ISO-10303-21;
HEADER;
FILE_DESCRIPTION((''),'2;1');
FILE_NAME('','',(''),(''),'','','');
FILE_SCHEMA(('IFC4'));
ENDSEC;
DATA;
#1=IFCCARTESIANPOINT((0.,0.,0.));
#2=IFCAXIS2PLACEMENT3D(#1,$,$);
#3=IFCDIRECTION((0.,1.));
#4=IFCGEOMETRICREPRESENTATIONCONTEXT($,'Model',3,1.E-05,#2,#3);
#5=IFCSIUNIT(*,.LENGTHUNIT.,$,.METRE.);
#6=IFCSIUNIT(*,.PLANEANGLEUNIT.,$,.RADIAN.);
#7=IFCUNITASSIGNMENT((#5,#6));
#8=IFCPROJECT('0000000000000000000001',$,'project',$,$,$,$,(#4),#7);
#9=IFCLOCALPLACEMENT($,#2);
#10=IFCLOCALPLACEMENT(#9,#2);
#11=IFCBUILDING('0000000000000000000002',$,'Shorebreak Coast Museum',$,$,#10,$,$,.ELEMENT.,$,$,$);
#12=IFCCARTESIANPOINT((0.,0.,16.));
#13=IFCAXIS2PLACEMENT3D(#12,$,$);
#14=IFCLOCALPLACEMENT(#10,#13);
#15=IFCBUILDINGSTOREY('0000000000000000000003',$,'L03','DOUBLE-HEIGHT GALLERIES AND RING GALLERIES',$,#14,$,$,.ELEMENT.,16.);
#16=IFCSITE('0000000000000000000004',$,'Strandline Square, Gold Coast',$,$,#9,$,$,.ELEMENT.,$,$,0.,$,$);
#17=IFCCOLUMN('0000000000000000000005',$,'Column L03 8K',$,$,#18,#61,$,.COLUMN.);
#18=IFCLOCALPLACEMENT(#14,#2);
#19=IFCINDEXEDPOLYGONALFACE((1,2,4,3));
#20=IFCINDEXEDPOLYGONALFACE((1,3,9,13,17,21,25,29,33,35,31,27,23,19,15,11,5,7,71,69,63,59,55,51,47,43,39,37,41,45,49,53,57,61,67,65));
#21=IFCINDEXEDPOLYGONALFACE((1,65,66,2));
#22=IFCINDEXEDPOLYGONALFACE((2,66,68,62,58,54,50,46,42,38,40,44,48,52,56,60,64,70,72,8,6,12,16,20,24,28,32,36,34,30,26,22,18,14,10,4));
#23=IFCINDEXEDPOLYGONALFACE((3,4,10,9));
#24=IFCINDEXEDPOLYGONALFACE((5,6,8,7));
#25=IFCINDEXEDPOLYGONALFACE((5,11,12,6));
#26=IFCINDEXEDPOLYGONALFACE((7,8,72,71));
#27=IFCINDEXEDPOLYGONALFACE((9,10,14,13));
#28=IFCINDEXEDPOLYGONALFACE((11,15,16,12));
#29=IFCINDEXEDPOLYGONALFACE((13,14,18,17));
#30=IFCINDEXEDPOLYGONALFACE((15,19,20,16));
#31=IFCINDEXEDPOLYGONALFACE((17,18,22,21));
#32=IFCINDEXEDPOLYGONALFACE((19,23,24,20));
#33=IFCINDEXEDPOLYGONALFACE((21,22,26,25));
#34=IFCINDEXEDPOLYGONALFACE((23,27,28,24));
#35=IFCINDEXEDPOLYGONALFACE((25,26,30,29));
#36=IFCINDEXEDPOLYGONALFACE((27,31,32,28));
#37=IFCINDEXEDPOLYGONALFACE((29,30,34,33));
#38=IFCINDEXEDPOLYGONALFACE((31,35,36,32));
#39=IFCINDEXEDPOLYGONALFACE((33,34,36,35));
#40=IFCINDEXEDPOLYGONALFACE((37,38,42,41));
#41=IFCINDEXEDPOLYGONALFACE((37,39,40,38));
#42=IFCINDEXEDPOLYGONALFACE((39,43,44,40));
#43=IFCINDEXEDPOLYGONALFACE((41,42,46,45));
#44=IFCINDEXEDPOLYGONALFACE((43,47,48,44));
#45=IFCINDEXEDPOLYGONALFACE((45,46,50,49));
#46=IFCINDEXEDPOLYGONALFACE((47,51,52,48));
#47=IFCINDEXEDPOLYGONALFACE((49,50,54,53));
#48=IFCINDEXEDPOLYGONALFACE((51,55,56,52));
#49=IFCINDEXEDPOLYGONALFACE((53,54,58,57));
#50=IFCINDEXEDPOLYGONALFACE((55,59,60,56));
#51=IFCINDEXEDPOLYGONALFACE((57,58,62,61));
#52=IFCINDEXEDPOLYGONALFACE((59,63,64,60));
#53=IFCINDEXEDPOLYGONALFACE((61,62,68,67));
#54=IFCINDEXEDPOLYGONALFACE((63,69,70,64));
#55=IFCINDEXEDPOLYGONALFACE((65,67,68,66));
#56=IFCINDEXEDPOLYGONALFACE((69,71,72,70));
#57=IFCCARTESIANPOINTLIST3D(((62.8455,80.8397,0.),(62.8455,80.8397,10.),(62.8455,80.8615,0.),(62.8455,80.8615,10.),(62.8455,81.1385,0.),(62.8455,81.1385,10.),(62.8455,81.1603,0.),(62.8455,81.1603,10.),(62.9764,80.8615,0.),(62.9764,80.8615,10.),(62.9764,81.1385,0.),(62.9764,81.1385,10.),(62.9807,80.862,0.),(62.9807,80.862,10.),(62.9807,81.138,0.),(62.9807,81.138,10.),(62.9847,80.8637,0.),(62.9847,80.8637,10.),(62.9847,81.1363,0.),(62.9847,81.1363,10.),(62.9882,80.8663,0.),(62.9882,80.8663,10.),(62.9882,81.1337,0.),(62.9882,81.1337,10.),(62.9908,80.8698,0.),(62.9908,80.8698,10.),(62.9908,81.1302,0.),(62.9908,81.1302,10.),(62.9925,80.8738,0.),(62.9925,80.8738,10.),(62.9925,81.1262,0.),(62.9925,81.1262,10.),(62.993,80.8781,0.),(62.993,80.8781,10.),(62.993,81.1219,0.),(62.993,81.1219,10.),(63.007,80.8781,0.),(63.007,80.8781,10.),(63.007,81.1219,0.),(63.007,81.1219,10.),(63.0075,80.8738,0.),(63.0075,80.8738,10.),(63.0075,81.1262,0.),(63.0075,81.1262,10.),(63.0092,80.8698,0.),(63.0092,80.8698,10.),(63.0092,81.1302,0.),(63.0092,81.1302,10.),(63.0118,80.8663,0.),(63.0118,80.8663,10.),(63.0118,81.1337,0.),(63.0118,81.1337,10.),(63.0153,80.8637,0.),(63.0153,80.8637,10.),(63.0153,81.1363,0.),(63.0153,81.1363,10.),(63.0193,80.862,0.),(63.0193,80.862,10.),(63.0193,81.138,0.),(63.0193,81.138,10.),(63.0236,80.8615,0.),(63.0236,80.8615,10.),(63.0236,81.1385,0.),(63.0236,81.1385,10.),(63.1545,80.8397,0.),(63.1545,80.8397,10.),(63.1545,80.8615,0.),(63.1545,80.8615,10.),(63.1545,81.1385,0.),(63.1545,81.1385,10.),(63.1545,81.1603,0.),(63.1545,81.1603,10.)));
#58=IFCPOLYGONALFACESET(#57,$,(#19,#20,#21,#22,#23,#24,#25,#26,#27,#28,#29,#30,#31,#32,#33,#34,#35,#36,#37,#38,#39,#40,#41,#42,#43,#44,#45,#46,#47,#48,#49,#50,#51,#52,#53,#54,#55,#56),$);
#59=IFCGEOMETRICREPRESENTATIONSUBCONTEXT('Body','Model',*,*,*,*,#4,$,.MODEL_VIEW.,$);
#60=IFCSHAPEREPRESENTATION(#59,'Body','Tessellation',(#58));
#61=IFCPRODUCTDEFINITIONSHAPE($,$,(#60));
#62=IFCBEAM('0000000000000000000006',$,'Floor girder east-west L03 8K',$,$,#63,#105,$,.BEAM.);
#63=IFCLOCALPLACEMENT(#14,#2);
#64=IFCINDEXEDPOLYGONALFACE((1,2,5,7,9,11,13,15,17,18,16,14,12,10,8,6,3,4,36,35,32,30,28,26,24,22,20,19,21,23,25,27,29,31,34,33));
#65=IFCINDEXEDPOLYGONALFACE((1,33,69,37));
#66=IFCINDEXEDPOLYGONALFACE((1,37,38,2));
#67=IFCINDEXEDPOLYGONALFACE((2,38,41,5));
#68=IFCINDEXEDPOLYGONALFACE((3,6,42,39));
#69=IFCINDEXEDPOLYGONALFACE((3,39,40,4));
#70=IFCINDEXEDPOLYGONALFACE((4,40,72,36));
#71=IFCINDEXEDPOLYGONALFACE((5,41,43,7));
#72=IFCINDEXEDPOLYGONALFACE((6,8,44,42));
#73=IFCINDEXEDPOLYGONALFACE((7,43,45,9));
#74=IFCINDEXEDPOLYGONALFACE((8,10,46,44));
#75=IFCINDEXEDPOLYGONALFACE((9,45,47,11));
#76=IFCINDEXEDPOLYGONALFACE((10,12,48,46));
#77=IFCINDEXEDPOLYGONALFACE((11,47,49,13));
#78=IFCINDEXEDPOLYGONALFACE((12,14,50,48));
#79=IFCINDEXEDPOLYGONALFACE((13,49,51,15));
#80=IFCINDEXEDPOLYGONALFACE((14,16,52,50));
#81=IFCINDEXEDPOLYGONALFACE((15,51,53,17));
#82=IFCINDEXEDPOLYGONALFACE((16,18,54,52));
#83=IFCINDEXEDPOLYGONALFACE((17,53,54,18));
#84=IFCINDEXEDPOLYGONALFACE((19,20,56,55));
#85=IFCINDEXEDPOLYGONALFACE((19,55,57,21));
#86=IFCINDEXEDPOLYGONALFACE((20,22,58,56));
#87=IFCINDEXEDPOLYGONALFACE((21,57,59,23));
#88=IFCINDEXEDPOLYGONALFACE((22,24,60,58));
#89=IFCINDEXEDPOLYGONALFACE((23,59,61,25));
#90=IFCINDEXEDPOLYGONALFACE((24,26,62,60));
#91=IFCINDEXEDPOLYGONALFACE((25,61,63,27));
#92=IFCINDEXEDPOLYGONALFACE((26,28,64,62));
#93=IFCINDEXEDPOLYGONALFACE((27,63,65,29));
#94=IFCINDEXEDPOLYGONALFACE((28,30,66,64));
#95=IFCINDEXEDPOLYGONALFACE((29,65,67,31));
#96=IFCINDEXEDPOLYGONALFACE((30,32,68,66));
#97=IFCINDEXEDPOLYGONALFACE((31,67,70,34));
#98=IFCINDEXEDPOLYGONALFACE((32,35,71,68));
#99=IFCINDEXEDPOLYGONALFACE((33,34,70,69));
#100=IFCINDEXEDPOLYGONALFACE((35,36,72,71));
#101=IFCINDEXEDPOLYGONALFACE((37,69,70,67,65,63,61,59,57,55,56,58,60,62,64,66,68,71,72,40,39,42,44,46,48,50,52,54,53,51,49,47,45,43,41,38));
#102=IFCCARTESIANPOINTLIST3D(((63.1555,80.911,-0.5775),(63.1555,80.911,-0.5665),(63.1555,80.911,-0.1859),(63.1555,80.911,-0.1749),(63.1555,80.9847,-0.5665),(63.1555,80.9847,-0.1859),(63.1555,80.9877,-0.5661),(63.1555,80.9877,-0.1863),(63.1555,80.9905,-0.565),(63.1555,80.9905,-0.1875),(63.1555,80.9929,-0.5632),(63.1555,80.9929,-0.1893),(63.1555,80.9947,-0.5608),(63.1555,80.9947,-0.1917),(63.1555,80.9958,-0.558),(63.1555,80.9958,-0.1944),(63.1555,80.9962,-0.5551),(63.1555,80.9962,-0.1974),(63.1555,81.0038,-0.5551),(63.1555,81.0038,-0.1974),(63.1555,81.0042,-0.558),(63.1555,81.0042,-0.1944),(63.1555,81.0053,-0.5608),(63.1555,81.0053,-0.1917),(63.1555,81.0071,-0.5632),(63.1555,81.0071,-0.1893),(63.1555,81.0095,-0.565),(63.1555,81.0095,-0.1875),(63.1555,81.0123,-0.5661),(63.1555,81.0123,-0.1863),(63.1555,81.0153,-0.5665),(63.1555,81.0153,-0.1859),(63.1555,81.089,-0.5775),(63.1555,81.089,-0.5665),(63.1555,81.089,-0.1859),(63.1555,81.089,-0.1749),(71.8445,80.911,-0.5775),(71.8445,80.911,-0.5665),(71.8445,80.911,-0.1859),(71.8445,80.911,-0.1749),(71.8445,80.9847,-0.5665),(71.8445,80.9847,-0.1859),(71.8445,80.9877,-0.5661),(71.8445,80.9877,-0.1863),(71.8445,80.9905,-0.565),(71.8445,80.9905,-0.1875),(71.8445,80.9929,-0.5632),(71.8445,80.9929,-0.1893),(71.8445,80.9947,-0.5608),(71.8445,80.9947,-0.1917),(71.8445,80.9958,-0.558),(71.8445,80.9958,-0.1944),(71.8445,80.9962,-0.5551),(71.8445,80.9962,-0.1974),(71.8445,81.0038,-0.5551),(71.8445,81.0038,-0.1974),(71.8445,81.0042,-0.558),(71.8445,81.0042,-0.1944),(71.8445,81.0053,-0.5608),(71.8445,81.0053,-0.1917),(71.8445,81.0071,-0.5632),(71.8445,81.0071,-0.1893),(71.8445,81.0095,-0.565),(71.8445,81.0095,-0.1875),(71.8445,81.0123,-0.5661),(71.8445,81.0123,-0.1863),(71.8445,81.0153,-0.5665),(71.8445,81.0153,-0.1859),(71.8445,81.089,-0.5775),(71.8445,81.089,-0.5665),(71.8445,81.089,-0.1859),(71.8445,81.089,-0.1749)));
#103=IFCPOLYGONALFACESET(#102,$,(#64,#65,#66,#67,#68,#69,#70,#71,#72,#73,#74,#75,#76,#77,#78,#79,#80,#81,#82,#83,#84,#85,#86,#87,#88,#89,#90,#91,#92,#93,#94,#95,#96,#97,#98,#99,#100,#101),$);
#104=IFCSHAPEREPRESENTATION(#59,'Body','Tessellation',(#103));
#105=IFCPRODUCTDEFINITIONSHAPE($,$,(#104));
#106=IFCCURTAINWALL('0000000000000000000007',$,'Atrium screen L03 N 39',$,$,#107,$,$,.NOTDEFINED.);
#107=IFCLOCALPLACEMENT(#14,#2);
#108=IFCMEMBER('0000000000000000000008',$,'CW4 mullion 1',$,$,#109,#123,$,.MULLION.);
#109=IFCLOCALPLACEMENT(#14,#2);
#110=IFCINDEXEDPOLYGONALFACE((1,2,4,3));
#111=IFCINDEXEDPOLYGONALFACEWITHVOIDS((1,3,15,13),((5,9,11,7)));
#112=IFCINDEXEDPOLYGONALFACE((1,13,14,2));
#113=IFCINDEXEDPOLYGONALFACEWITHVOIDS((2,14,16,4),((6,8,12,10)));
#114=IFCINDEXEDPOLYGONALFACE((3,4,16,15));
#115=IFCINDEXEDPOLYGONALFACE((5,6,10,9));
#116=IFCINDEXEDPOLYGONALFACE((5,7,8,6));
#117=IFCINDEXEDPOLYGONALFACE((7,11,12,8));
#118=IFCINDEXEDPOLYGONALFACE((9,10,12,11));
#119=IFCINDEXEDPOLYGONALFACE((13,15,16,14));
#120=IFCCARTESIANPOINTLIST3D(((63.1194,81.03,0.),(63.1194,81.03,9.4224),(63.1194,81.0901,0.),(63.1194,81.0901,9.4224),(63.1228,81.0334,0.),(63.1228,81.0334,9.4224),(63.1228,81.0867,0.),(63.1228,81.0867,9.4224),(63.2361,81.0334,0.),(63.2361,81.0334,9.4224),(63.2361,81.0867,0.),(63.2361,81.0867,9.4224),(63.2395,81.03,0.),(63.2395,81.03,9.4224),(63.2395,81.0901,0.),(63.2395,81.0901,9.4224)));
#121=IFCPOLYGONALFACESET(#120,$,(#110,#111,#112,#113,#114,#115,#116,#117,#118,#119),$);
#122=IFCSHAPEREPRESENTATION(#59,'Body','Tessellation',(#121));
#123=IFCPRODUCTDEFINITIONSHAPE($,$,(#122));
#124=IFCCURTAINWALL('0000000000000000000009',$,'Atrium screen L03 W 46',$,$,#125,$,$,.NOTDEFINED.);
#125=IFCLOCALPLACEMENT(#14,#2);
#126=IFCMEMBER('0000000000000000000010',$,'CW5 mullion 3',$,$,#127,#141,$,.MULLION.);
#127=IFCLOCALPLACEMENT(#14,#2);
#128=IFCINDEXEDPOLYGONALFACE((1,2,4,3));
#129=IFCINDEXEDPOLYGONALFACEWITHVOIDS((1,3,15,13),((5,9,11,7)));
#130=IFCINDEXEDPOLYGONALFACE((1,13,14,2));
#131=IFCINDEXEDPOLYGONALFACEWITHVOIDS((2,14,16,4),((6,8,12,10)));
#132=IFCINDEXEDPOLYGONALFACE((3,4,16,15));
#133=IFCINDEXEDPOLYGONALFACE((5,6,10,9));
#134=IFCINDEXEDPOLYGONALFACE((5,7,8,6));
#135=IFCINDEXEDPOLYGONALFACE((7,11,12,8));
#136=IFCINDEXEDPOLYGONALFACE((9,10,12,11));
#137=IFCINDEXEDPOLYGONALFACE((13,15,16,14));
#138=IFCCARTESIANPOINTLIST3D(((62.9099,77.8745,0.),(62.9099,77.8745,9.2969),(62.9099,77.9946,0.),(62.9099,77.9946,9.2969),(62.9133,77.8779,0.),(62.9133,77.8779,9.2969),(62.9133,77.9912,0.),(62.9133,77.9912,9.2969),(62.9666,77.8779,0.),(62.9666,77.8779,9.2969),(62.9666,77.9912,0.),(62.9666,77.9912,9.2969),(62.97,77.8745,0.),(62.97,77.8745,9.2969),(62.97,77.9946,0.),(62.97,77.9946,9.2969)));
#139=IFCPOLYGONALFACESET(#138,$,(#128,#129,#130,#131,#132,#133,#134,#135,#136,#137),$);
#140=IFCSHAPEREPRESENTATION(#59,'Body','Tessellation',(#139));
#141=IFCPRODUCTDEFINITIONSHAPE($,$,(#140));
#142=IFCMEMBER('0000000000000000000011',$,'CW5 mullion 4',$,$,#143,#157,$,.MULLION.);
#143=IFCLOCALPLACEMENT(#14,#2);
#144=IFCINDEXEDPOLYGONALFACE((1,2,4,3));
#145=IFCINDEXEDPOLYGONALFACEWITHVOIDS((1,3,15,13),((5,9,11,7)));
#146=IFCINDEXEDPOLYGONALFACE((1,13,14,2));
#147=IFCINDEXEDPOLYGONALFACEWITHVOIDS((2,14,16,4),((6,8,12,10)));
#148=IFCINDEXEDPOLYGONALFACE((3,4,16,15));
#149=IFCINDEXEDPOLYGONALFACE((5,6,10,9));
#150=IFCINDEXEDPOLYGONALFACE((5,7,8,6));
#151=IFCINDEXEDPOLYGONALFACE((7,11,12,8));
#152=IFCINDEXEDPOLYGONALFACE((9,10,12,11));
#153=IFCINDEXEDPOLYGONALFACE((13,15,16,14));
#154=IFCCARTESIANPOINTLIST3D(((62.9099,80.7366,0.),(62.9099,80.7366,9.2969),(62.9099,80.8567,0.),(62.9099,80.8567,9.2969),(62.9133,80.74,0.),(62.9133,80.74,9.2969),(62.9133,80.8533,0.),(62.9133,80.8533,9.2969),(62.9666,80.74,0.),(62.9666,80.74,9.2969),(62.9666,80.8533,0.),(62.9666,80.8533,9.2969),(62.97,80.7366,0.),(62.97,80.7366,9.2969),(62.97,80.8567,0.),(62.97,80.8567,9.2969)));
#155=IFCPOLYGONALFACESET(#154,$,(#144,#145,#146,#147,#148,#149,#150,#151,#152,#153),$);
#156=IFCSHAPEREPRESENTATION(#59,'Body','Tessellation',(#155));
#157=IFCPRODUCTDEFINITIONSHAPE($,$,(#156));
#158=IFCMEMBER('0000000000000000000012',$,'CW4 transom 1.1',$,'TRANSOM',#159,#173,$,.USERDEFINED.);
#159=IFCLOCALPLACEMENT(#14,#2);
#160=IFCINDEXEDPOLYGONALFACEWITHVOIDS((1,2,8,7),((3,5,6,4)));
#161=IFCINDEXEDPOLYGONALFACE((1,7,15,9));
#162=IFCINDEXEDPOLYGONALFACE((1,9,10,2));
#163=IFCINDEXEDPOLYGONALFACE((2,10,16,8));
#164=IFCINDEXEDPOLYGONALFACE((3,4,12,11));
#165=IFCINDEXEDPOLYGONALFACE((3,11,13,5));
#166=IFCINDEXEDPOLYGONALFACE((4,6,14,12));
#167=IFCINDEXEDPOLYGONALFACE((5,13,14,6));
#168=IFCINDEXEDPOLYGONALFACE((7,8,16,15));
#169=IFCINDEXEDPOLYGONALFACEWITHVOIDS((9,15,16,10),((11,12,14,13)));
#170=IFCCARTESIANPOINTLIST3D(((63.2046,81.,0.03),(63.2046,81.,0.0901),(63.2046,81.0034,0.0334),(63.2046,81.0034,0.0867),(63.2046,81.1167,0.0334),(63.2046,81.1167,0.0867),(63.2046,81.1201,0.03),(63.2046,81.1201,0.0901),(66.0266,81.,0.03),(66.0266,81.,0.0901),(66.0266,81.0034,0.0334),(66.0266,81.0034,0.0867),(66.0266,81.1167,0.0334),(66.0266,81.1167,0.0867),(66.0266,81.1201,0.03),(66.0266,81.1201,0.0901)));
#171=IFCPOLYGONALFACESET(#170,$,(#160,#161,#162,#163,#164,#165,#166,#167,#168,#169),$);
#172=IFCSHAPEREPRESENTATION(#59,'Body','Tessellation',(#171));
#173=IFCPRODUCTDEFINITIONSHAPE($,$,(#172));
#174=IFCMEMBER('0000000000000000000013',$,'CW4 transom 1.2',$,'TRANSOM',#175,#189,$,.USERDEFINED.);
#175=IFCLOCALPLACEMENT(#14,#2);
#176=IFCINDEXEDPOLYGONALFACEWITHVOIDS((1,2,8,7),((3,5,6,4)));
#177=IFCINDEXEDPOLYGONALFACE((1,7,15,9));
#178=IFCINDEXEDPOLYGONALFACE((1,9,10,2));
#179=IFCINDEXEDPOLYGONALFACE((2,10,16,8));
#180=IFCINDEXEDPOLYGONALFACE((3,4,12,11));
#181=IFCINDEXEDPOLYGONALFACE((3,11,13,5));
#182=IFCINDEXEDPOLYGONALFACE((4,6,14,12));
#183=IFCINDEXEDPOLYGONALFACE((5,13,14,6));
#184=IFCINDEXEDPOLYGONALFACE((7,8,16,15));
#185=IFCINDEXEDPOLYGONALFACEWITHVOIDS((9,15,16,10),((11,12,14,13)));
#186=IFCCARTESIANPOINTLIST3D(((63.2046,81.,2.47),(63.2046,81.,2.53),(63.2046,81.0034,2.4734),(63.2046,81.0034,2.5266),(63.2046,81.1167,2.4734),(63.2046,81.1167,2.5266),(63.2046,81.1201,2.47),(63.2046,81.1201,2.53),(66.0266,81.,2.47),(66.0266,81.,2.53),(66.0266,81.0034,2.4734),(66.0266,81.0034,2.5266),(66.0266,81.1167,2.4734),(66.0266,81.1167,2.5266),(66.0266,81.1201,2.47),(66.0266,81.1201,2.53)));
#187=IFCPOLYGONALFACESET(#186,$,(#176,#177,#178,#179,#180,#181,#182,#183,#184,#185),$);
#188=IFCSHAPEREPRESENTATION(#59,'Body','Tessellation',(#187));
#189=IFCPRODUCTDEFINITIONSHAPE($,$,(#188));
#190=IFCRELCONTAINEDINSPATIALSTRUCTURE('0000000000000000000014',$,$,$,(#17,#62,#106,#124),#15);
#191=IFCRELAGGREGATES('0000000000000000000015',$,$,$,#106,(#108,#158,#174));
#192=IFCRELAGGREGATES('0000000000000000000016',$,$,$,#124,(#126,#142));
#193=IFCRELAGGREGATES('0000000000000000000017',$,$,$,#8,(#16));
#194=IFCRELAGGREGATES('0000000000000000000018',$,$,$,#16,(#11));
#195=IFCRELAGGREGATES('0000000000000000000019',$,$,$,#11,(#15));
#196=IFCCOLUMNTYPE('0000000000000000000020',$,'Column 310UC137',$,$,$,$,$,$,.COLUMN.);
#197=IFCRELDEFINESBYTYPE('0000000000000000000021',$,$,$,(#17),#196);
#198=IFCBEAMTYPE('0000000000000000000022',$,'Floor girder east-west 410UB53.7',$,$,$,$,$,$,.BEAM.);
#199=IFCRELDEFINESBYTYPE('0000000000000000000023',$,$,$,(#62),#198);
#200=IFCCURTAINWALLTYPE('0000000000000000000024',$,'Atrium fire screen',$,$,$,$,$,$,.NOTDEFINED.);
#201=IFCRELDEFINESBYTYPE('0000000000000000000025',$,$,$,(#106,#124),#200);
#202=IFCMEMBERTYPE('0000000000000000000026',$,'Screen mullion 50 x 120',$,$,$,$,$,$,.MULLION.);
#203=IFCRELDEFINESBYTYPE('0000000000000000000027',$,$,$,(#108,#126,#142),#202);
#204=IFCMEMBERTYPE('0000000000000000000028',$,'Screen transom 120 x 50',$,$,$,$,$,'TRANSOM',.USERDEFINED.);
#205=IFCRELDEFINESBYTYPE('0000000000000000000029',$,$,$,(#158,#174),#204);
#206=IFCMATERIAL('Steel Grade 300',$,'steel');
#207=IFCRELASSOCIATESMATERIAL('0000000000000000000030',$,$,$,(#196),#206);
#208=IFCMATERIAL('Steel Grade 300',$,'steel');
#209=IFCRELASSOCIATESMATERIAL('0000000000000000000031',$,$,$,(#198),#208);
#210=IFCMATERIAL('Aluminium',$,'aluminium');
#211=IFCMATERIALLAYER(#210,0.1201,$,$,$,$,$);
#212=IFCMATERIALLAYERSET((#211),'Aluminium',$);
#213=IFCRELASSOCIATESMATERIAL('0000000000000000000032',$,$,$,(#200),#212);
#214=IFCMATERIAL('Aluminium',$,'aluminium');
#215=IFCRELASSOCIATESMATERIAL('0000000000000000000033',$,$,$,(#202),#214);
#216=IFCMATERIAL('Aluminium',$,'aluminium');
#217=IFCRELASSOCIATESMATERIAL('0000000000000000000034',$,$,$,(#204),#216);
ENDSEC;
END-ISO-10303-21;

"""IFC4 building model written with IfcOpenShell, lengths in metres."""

from ifc_helpers import new_model, si_unit, direction, frame, origin, origin_2d, place, context, subcontext, project, spatial, hollow_rectangle, i_section, extrude, material, layer, layer_set, material_profile, profile_set, type_object, element, aggregate, save


model = new_model("IFC4")

# Units and contexts
model_context = context("Model", 3, precision=1e-05, world=origin(), true_north=direction((0.0, 1.0)))
body_context = subcontext(model_context, "Body", "Model", "MODEL_VIEW")
ifc_project = project(units=[si_unit("LENGTHUNIT", "METRE"), si_unit("PLANEANGLEUNIT", "RADIAN")], contexts=[model_context])

# Site, building, storey
site_placement = place(None, origin())
site = spatial("IfcSite", under=ifc_project, at=site_placement, Name="Strandline Square, Gold Coast", CompositionType="ELEMENT", RefElevation=0.0)
building_placement = place(site_placement, origin())
building = spatial("IfcBuilding", under=site, at=building_placement, Name="Shorebreak Coast Museum", CompositionType="ELEMENT")
storey_placement = place(building_placement, frame((0.0, 0.0, 16.0)))
storey = spatial("IfcBuildingStorey", under=building, at=storey_placement, Name="L03", Description="DOUBLE-HEIGHT GALLERIES AND RING GALLERIES", CompositionType="ELEMENT", Elevation=16.0)

# Column
ifc_material_1 = material(Name="Steel Grade 300", Category="steel")
ifc_material_profile_1 = material_profile(ifc_material_1, i_section(OverallWidth=0.3091, OverallDepth=0.3206, WebThickness=0.0139, FlangeThickness=0.0217, FilletRadius=0.0166, at=origin_2d()), Name="310UC137")
ifc_profile_set_1 = profile_set([ifc_material_profile_1], Name="Steel Grade 300")
column_type = type_object("IfcColumnType", Name="Column 310UC137", PredefinedType="COLUMN", material=ifc_profile_set_1)
column_placement = place(storey_placement, frame((63.0, 81.0, 0.0), z_axis=(0.0, 0.0, 1.0), x_axis=(1.0, 0.0, 0.0)))
element("IfcColumn", 1, at=column_placement, inside=storey, type_object=column_type, Name="Column L03 8K", PredefinedType="COLUMN", context=body_context, shape_type="SweptSolid", body=[
    extrude(i_section(OverallWidth=0.3091, OverallDepth=0.3206, WebThickness=0.0139, FlangeThickness=0.0217, FilletRadius=0.0166, at=origin_2d()), origin(), (0.0, 0.0, 1.0), 10.0),
])

# Beam
ifc_material_2 = material(Name="Steel Grade 300", Category="steel")
ifc_material_profile_2 = material_profile(ifc_material_2, i_section(OverallWidth=0.178, OverallDepth=0.4026, WebThickness=0.0076, FlangeThickness=0.011, FilletRadius=0.0115, at=origin_2d()), Name="410UB53.7")
ifc_profile_set_2 = profile_set([ifc_material_profile_2], Name="Steel Grade 300")
beam_type = type_object("IfcBeamType", Name="Floor girder east-west 410UB53.7", PredefinedType="BEAM", material=ifc_profile_set_2)
beam_placement = place(storey_placement, frame((63.1555, 81.0, -0.3762), z_axis=(1.0, 0.0, 0.0), x_axis=(0.0, 1.0, 0.0)))
element("IfcBeam", 2, at=beam_placement, inside=storey, type_object=beam_type, Name="Floor girder east-west L03 8K", PredefinedType="BEAM", context=body_context, shape_type="SweptSolid", body=[
    extrude(i_section(OverallWidth=0.178, OverallDepth=0.4026, WebThickness=0.0076, FlangeThickness=0.011, FilletRadius=0.0115, at=origin_2d()), origin(), (0.0, 0.0, 1.0), 8.689),
])

# Curtain wall, member
ifc_material_3 = material(Name="Aluminium", Category="aluminium")
ifc_layer_1 = layer(ifc_material_3, 0.1201)
ifc_layer_set_1 = layer_set([ifc_layer_1], Name="Aluminium")
curtain_wall_type = type_object("IfcCurtainWallType", Name="Atrium fire screen", PredefinedType="NOTDEFINED", material=ifc_layer_set_1)
curtain_wall_1_placement = place(storey_placement, origin())
curtain_wall_1 = element("IfcCurtainWall", 3, at=curtain_wall_1_placement, inside=storey, type_object=curtain_wall_type, Name="Atrium screen L03 N 39", PredefinedType="NOTDEFINED")
ifc_material_4 = material(Name="Aluminium", Category="aluminium")
ifc_material_profile_3 = material_profile(ifc_material_4, hollow_rectangle(XDim=0.0601, YDim=0.1201, WallThickness=0.0034, at=origin_2d()), Name="AL 120x60 RHS")
ifc_profile_set_3 = profile_set([ifc_material_profile_3], Name="Aluminium")
member_type_1 = type_object("IfcMemberType", Name="Screen mullion 50 x 120", PredefinedType="MULLION", material=ifc_profile_set_3)
member_1_placement = place(storey_placement, frame((63.1794, 81.0601, 0.0), z_axis=(0.0, 0.0, 1.0), x_axis=(0.0, 1.0, 0.0)))
member_1 = element("IfcMember", 4, at=member_1_placement, type_object=member_type_1, Name="CW4 mullion 1", PredefinedType="MULLION", context=body_context, shape_type="SweptSolid", body=[
    extrude(hollow_rectangle(XDim=0.0601, YDim=0.1201, WallThickness=0.0034, at=origin_2d()), origin(), (0.0, 0.0, 1.0), 9.4224),
])

# Curtain wall, members
curtain_wall_2_placement = place(storey_placement, origin())
curtain_wall_2 = element("IfcCurtainWall", 5, at=curtain_wall_2_placement, inside=storey, type_object=curtain_wall_type, Name="Atrium screen L03 W 46", PredefinedType="NOTDEFINED")
member_2_placement = place(storey_placement, frame((62.9399, 77.9346, 0.0), z_axis=(0.0, 0.0, 1.0), x_axis=(-1.0, 0.0, 0.0)))
member_2 = element("IfcMember", 6, at=member_2_placement, type_object=member_type_1, Name="CW5 mullion 3", PredefinedType="MULLION", context=body_context, shape_type="SweptSolid", body=[
    extrude(hollow_rectangle(XDim=0.0601, YDim=0.1201, WallThickness=0.0034, at=origin_2d()), origin(), (0.0, 0.0, 1.0), 9.2969),
])
member_3_placement = place(storey_placement, frame((62.9399, 80.7966, 0.0), z_axis=(0.0, 0.0, 1.0), x_axis=(-1.0, 0.0, 0.0)))
member_3 = element("IfcMember", 7, at=member_3_placement, type_object=member_type_1, Name="CW5 mullion 4", PredefinedType="MULLION", context=body_context, shape_type="SweptSolid", body=[
    extrude(hollow_rectangle(XDim=0.0601, YDim=0.1201, WallThickness=0.0034, at=origin_2d()), origin(), (0.0, 0.0, 1.0), 9.2969),
])

# Members
ifc_material_5 = material(Name="Aluminium", Category="aluminium")
ifc_material_profile_4 = material_profile(ifc_material_5, hollow_rectangle(XDim=0.1201, YDim=0.0601, WallThickness=0.0034, at=origin_2d()), Name="AL 60x120 RHS")
ifc_profile_set_4 = profile_set([ifc_material_profile_4], Name="Aluminium")
member_type_2 = type_object("IfcMemberType", Name="Screen transom 120 x 50", ElementType="TRANSOM", PredefinedType="USERDEFINED", material=ifc_profile_set_4)
member_4_placement = place(storey_placement, frame((63.2046, 81.0601, 0.0601), z_axis=(1.0, 0.0, 0.0), x_axis=(0.0, 1.0, 0.0)))
member_4 = element("IfcMember", 8, at=member_4_placement, type_object=member_type_2, Name="CW4 transom 1.1", ObjectType="TRANSOM", PredefinedType="USERDEFINED", context=body_context, shape_type="SweptSolid", body=[
    extrude(hollow_rectangle(XDim=0.1201, YDim=0.0601, WallThickness=0.0034, at=origin_2d()), origin(), (0.0, 0.0, 1.0), 2.822),
])
member_5_placement = place(storey_placement, frame((63.2046, 81.0601, 2.5), z_axis=(1.0, 0.0, 0.0), x_axis=(0.0, 1.0, 0.0)))
member_5 = element("IfcMember", 9, at=member_5_placement, type_object=member_type_2, Name="CW4 transom 1.2", ObjectType="TRANSOM", PredefinedType="USERDEFINED", context=body_context, shape_type="SweptSolid", body=[
    extrude(hollow_rectangle(XDim=0.1201, YDim=0.0601, WallThickness=0.0034, at=origin_2d()), origin(), (0.0, 0.0, 1.0), 2.822),
])
aggregate(curtain_wall_1, [member_1, member_4, member_5])

aggregate(curtain_wall_2, [member_2, member_3])

save(model, "model.ifc")
